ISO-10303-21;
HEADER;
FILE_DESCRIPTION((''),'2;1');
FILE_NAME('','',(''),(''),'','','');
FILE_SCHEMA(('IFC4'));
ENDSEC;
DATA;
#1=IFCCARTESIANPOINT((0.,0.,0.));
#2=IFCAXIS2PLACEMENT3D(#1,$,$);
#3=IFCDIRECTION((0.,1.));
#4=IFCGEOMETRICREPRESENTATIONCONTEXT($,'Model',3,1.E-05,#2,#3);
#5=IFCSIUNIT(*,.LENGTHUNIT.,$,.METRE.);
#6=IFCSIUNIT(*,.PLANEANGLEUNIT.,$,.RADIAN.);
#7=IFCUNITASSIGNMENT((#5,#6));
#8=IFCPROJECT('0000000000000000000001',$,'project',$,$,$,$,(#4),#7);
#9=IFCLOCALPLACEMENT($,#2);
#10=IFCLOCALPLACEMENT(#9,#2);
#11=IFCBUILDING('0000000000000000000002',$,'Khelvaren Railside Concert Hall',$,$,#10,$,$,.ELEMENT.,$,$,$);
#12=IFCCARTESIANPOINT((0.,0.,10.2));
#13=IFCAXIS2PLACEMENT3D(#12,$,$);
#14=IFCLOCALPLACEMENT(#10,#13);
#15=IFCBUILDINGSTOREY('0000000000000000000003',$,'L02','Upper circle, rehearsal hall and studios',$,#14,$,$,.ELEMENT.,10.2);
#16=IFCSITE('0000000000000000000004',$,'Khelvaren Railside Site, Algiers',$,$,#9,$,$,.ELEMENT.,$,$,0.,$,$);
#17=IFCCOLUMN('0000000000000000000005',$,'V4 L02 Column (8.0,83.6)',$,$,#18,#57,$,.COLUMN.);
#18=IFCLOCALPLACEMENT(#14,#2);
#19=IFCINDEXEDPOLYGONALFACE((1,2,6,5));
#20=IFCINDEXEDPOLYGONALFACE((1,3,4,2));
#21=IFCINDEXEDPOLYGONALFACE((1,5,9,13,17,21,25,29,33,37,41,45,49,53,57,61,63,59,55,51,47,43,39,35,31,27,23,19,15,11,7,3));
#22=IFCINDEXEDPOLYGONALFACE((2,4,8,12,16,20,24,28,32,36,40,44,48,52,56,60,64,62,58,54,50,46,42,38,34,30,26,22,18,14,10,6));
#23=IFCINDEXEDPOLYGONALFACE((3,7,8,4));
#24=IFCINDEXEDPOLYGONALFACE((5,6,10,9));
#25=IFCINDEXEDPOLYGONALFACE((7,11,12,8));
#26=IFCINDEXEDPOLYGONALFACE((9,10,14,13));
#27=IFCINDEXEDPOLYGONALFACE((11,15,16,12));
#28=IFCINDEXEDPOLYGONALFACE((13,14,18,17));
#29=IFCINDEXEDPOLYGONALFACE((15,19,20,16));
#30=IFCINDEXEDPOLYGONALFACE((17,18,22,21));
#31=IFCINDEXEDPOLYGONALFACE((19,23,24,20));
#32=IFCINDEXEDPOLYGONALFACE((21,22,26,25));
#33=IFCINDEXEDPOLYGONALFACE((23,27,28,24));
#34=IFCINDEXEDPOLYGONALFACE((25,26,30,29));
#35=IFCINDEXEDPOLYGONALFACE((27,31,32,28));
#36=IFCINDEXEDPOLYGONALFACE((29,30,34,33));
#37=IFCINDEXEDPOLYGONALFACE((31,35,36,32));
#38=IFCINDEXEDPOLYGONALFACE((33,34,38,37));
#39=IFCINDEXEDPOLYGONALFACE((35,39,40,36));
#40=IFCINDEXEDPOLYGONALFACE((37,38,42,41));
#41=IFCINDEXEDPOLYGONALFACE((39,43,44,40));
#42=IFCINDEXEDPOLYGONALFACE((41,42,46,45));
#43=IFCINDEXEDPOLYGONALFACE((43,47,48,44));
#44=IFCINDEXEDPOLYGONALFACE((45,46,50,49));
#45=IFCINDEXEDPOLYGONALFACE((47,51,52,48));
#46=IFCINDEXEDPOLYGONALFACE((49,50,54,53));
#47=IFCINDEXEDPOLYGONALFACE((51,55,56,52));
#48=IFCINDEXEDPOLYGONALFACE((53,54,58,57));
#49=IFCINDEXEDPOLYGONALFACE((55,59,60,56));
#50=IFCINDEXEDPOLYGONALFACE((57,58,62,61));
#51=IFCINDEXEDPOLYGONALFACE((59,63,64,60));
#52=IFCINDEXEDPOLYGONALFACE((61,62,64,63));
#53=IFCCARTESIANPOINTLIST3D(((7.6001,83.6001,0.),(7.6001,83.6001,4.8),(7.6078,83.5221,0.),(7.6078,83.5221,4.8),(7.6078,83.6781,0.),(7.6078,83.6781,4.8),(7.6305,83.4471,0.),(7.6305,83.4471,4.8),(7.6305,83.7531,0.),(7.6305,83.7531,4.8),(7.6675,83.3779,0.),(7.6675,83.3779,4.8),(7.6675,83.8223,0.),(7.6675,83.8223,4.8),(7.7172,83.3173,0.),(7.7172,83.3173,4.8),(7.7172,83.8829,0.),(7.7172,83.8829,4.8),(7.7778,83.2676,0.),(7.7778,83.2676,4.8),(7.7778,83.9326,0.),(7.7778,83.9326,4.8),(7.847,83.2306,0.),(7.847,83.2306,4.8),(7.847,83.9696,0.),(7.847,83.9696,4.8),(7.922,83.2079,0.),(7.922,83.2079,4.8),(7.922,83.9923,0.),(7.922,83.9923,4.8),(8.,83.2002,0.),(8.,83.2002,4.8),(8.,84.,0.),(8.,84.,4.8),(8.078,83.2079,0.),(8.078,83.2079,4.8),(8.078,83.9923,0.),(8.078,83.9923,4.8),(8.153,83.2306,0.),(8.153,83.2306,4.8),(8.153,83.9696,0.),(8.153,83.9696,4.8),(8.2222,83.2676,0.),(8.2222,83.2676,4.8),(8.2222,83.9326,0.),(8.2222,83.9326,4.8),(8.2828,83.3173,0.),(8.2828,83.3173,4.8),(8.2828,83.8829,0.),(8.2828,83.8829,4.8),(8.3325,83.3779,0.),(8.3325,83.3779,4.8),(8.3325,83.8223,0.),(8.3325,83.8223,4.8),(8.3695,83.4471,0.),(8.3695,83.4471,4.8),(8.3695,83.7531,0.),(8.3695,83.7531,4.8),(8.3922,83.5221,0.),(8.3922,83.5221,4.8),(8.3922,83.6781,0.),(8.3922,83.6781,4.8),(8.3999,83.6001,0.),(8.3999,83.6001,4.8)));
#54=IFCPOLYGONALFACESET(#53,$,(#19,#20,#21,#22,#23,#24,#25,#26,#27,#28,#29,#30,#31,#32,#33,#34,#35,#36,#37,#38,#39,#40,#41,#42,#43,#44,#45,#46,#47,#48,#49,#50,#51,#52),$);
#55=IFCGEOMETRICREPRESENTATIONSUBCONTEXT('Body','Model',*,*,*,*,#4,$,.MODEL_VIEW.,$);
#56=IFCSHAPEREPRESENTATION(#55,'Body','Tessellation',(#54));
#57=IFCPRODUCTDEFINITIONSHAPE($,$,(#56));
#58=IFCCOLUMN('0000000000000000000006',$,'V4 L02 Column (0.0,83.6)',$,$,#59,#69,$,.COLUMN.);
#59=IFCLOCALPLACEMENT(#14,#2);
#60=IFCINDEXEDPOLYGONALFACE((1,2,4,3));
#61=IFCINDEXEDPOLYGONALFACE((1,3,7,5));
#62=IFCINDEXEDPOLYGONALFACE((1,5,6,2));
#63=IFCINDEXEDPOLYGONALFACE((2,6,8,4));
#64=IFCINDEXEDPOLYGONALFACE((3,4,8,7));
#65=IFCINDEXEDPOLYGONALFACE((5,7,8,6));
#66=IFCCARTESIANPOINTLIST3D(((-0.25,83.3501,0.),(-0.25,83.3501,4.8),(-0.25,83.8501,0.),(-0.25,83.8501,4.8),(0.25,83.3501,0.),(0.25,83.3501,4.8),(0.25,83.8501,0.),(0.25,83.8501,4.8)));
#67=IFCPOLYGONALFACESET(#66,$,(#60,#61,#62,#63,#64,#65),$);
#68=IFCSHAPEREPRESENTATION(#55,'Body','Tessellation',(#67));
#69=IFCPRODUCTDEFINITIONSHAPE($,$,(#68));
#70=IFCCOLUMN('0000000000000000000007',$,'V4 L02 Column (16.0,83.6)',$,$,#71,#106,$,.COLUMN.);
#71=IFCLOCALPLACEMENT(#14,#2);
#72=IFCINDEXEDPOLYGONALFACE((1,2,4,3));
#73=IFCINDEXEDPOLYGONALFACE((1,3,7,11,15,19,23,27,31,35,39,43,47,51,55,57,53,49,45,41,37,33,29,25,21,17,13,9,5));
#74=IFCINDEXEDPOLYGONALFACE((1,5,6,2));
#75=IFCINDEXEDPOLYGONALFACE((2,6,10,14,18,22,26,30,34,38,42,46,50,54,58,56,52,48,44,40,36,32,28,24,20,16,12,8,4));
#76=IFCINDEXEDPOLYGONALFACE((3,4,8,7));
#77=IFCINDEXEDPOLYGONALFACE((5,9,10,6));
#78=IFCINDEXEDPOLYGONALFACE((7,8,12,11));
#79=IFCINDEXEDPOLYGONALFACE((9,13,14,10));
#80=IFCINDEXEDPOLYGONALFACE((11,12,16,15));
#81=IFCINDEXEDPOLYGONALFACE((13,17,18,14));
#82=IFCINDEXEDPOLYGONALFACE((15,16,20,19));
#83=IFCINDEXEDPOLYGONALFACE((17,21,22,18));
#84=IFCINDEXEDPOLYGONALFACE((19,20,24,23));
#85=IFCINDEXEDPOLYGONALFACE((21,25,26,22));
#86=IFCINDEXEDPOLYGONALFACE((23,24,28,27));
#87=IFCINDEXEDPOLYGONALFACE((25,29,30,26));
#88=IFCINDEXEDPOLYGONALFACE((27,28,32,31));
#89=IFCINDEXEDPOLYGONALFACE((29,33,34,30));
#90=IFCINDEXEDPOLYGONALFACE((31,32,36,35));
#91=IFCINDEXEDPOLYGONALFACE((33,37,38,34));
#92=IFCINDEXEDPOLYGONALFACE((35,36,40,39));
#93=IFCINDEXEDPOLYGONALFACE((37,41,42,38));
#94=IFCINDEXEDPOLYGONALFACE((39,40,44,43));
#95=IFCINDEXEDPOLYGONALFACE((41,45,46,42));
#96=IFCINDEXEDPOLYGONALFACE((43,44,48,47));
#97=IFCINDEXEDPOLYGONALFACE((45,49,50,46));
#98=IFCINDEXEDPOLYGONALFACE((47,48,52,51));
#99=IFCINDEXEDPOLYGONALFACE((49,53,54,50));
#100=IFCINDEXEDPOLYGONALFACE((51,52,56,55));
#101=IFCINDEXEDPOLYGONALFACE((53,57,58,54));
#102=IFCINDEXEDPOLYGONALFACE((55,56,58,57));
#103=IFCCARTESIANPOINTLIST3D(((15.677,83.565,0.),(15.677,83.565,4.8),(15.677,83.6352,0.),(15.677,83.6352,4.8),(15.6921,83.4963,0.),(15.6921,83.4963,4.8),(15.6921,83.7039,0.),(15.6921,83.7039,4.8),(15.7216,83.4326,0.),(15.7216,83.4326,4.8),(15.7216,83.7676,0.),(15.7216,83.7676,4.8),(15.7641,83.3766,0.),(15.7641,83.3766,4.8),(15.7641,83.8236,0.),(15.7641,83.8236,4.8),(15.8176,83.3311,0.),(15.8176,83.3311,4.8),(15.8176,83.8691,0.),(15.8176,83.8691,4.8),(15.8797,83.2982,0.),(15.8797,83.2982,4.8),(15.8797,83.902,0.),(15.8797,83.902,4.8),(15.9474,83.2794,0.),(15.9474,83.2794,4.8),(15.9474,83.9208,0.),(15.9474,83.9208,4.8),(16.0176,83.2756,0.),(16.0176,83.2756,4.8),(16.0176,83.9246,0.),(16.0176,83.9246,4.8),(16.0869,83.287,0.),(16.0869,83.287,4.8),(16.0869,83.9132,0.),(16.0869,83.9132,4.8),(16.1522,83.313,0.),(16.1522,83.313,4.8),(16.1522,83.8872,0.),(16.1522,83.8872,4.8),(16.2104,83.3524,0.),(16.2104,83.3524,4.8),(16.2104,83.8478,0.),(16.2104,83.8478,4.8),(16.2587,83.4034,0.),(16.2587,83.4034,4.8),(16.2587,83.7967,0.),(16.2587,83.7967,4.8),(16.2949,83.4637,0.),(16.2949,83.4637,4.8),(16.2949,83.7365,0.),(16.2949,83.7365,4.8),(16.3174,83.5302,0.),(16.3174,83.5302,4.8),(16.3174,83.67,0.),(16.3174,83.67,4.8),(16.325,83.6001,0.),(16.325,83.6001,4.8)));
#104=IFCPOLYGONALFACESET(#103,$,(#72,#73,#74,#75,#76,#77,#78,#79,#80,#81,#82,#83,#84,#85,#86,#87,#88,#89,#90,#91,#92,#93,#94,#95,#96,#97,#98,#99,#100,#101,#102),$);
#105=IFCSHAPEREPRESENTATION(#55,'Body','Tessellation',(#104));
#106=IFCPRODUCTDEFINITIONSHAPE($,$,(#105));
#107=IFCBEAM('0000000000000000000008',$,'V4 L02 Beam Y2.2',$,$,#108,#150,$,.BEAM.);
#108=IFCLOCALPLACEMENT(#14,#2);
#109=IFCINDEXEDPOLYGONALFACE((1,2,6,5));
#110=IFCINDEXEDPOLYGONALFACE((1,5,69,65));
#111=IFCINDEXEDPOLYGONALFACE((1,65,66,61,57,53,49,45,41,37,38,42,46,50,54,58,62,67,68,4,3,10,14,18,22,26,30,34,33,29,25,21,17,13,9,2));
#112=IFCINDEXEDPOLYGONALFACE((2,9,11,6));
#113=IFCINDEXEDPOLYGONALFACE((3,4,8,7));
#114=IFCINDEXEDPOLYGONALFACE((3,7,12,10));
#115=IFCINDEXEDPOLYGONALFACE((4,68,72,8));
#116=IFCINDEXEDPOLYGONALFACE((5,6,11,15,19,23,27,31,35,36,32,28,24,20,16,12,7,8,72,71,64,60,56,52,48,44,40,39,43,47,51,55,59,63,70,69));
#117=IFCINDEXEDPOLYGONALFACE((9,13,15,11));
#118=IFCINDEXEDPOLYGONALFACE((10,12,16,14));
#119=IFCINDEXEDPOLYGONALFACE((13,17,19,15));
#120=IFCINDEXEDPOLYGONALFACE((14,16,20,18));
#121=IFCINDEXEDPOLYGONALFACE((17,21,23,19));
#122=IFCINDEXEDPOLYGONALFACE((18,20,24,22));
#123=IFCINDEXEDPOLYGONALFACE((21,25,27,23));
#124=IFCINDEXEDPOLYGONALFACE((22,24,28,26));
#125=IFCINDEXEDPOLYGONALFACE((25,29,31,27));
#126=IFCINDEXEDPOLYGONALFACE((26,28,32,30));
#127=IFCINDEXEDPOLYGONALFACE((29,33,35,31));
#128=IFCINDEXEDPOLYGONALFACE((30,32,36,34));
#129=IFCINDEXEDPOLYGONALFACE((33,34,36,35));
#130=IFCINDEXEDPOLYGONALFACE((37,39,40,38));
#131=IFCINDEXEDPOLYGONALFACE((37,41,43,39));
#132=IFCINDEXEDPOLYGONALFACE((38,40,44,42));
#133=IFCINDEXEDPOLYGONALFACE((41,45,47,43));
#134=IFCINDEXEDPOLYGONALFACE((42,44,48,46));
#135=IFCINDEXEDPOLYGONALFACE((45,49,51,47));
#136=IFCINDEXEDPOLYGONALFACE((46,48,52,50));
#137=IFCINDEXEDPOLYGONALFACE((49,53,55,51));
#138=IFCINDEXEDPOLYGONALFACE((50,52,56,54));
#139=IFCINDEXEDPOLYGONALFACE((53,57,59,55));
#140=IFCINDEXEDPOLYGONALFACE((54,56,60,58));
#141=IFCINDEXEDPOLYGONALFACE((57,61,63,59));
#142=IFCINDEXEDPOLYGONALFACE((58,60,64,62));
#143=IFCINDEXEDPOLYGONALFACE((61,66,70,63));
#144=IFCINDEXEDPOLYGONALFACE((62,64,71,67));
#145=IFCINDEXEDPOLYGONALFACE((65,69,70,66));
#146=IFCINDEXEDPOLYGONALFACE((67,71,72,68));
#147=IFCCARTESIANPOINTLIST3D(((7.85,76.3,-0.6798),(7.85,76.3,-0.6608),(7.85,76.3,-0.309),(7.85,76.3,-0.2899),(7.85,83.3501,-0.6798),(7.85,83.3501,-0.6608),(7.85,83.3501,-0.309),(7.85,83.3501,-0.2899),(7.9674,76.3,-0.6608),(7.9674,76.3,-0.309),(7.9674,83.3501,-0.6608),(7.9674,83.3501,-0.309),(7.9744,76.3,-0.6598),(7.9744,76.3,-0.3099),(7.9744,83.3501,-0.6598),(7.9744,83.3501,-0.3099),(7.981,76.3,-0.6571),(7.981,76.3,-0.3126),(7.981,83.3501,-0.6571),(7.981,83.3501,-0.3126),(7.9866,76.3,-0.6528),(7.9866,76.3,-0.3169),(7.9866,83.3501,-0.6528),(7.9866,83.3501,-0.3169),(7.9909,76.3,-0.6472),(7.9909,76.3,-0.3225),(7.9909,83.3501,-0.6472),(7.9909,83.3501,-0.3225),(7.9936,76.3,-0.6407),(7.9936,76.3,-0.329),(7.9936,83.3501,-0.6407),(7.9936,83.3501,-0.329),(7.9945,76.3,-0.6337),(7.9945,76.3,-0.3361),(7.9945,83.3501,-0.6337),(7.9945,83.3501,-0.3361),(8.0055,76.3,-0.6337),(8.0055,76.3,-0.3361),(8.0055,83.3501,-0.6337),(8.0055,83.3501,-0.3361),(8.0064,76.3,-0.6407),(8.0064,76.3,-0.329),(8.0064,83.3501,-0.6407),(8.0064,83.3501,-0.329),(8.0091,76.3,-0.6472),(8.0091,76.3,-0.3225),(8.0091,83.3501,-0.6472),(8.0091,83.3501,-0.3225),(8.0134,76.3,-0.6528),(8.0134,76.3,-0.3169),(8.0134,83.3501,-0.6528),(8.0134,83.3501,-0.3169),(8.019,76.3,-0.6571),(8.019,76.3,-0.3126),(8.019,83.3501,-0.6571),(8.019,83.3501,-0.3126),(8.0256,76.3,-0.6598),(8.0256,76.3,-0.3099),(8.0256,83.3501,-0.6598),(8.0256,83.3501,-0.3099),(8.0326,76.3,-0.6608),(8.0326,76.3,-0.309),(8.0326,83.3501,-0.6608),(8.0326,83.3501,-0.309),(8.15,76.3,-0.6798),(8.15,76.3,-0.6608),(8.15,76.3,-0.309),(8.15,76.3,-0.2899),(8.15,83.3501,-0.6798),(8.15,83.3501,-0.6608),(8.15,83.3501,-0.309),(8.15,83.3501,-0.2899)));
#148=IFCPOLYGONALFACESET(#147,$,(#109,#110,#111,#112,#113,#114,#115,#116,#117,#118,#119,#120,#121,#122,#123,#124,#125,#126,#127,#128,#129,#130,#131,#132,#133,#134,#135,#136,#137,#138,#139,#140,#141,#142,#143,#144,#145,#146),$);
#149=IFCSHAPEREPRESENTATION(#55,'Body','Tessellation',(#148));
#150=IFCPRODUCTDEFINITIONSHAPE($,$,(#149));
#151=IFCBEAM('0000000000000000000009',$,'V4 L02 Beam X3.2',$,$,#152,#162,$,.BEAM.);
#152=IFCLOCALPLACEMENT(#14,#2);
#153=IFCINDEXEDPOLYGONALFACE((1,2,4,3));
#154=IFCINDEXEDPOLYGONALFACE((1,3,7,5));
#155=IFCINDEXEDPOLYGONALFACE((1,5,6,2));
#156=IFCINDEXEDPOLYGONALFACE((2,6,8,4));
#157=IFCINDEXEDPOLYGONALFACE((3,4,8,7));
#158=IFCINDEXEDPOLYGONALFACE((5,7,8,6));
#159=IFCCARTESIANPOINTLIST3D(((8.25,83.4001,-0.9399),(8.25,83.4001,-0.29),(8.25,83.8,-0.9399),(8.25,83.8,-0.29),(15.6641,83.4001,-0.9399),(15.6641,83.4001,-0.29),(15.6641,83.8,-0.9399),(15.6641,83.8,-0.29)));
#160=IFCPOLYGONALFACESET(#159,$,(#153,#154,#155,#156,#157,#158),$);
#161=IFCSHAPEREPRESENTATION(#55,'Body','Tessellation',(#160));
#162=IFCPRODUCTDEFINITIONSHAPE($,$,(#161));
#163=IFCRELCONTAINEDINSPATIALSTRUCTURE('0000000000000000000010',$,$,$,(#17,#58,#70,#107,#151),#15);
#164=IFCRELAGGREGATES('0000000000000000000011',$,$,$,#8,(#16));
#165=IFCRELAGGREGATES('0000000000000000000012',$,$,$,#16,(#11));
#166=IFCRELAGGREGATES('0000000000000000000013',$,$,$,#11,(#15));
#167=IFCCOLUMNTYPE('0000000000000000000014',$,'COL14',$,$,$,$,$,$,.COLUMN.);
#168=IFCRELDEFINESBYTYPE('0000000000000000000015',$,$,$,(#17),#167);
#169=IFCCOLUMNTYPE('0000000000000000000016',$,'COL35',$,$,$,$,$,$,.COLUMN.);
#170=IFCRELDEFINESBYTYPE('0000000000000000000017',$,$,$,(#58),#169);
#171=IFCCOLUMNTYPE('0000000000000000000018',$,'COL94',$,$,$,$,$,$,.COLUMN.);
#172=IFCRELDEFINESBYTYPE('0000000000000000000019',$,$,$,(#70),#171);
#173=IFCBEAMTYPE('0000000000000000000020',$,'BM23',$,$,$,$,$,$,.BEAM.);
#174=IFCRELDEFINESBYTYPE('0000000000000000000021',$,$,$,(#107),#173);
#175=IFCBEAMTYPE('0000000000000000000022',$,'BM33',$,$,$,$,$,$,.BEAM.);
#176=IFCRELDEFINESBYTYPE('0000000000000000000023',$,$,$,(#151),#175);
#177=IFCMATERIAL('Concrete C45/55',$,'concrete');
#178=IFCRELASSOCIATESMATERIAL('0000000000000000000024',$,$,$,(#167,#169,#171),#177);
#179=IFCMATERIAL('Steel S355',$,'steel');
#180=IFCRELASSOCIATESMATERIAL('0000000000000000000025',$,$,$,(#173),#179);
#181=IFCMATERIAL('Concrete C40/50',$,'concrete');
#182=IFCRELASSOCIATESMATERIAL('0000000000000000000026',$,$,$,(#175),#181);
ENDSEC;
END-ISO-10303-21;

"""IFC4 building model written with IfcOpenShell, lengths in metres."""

from ifc_helpers import new_model, si_unit, direction, frame, origin, origin_2d, place, context, subcontext, project, spatial, rectangle, circle, i_section, extrude, material, material_profile, profile_set, type_object, element, save


model = new_model("IFC4")

# Units and contexts
model_context = context("Model", 3, precision=1e-05, world=origin(), true_north=direction((0.0, 1.0)))
body_context = subcontext(model_context, "Body", "Model", "MODEL_VIEW")
ifc_project = project(units=[si_unit("LENGTHUNIT", "METRE"), si_unit("PLANEANGLEUNIT", "RADIAN")], contexts=[model_context])

# Site, building, storey
site_placement = place(None, origin())
site = spatial("IfcSite", under=ifc_project, at=site_placement, Name="Khelvaren Railside Site, Algiers", CompositionType="ELEMENT", RefElevation=0.0)
building_placement = place(site_placement, origin())
building = spatial("IfcBuilding", under=site, at=building_placement, Name="Khelvaren Railside Concert Hall", CompositionType="ELEMENT")
storey_placement = place(building_placement, frame((0.0, 0.0, 10.2)))
storey = spatial("IfcBuildingStorey", under=building, at=storey_placement, Name="L02", Description="Upper circle, rehearsal hall and studios", CompositionType="ELEMENT", Elevation=10.2)

# Columns
ifc_material_1 = material(Name="Concrete C45/55", Category="concrete")
ifc_material_profile_1 = material_profile(ifc_material_1, circle(Radius=0.3999, at=origin_2d()), Name="RC D800")
ifc_profile_set_1 = profile_set([ifc_material_profile_1], Name="Concrete C45/55")
column_type_1 = type_object("IfcColumnType", Name="COL14", PredefinedType="COLUMN", material=ifc_profile_set_1)
column_1_placement = place(storey_placement, frame((8.0, 83.6001, 0.0), z_axis=(0.0, 0.0, 1.0), x_axis=(1.0, 0.0, 0.0)))
element("IfcColumn", 1, at=column_1_placement, inside=storey, type_object=column_type_1, Name="V4 L02 Column (8.0,83.6)", PredefinedType="COLUMN", context=body_context, shape_type="SweptSolid", body=[
    extrude(circle(Radius=0.3999, at=origin_2d()), origin(), (0.0, 0.0, 1.0), 4.8),
])
ifc_material_profile_2 = material_profile(ifc_material_1, rectangle(XDim=0.5, YDim=0.5, at=origin_2d()), Name="RC 500x500")
ifc_profile_set_2 = profile_set([ifc_material_profile_2], Name="Concrete C45/55")
column_type_2 = type_object("IfcColumnType", Name="COL35", PredefinedType="COLUMN", material=ifc_profile_set_2)
column_2_placement = place(storey_placement, frame((0.0, 83.6001, 0.0), z_axis=(0.0, 0.0, 1.0), x_axis=(1.0, 0.0, 0.0)))
element("IfcColumn", 2, at=column_2_placement, inside=storey, type_object=column_type_2, Name="V4 L02 Column (0.0,83.6)", PredefinedType="COLUMN", context=body_context, shape_type="SweptSolid", body=[
    extrude(rectangle(XDim=0.5, YDim=0.5, at=origin_2d()), origin(), (0.0, 0.0, 1.0), 4.8),
])
ifc_material_profile_3 = material_profile(ifc_material_1, circle(Radius=0.325, at=origin_2d()), Name="RC D650")
ifc_profile_set_3 = profile_set([ifc_material_profile_3], Name="Concrete C45/55")
column_type_3 = type_object("IfcColumnType", Name="COL94", PredefinedType="COLUMN", material=ifc_profile_set_3)
column_3_placement = place(storey_placement, frame((16.0, 83.6001, 0.0), z_axis=(0.0, 0.0, 1.0), x_axis=(1.0, 0.0, 0.0)))
element("IfcColumn", 3, at=column_3_placement, inside=storey, type_object=column_type_3, Name="V4 L02 Column (16.0,83.6)", PredefinedType="COLUMN", context=body_context, shape_type="SweptSolid", body=[
    extrude(circle(Radius=0.325, at=origin_2d()), origin(), (0.0, 0.0, 1.0), 4.8),
])

# Beams
ifc_material_2 = material(Name="Steel S355", Category="steel")
ifc_material_profile_4 = material_profile(ifc_material_2, i_section(OverallWidth=0.3, OverallDepth=0.3899, WebThickness=0.011, FlangeThickness=0.019, FilletRadius=0.0271, at=origin_2d()), Name="HEA 400")
ifc_profile_set_4 = profile_set([ifc_material_profile_4], Name="Steel S355")
beam_type_1 = type_object("IfcBeamType", Name="BM23", PredefinedType="BEAM", material=ifc_profile_set_4)
beam_1_placement = place(storey_placement, frame((8.0, 76.3, -0.4849), z_axis=(0.0, 1.0, 0.0), x_axis=(-1.0, 0.0, 0.0)))
element("IfcBeam", 4, at=beam_1_placement, inside=storey, type_object=beam_type_1, Name="V4 L02 Beam Y2.2", PredefinedType="BEAM", context=body_context, shape_type="SweptSolid", body=[
    extrude(i_section(OverallWidth=0.3, OverallDepth=0.3899, WebThickness=0.011, FlangeThickness=0.019, FilletRadius=0.0271, at=origin_2d()), origin(), (0.0, 0.0, 1.0), 7.05),
])
ifc_material_3 = material(Name="Concrete C40/50", Category="concrete")
ifc_material_profile_5 = material_profile(ifc_material_3, rectangle(XDim=0.3999, YDim=0.6499, at=origin_2d()), Name="RCB 400x650")
ifc_profile_set_5 = profile_set([ifc_material_profile_5], Name="Concrete C40/50")
beam_type_2 = type_object("IfcBeamType", Name="BM33", PredefinedType="BEAM", material=ifc_profile_set_5)
beam_2_placement = place(storey_placement, frame((8.25, 83.6001, -0.615), z_axis=(1.0, 0.0, 0.0), x_axis=(0.0, 1.0, 0.0)))
element("IfcBeam", 5, at=beam_2_placement, inside=storey, type_object=beam_type_2, Name="V4 L02 Beam X3.2", PredefinedType="BEAM", context=body_context, shape_type="SweptSolid", body=[
    extrude(rectangle(XDim=0.3999, YDim=0.6499, at=origin_2d()), origin(), (0.0, 0.0, 1.0), 7.4141),
])

save(model, "model.ifc")
